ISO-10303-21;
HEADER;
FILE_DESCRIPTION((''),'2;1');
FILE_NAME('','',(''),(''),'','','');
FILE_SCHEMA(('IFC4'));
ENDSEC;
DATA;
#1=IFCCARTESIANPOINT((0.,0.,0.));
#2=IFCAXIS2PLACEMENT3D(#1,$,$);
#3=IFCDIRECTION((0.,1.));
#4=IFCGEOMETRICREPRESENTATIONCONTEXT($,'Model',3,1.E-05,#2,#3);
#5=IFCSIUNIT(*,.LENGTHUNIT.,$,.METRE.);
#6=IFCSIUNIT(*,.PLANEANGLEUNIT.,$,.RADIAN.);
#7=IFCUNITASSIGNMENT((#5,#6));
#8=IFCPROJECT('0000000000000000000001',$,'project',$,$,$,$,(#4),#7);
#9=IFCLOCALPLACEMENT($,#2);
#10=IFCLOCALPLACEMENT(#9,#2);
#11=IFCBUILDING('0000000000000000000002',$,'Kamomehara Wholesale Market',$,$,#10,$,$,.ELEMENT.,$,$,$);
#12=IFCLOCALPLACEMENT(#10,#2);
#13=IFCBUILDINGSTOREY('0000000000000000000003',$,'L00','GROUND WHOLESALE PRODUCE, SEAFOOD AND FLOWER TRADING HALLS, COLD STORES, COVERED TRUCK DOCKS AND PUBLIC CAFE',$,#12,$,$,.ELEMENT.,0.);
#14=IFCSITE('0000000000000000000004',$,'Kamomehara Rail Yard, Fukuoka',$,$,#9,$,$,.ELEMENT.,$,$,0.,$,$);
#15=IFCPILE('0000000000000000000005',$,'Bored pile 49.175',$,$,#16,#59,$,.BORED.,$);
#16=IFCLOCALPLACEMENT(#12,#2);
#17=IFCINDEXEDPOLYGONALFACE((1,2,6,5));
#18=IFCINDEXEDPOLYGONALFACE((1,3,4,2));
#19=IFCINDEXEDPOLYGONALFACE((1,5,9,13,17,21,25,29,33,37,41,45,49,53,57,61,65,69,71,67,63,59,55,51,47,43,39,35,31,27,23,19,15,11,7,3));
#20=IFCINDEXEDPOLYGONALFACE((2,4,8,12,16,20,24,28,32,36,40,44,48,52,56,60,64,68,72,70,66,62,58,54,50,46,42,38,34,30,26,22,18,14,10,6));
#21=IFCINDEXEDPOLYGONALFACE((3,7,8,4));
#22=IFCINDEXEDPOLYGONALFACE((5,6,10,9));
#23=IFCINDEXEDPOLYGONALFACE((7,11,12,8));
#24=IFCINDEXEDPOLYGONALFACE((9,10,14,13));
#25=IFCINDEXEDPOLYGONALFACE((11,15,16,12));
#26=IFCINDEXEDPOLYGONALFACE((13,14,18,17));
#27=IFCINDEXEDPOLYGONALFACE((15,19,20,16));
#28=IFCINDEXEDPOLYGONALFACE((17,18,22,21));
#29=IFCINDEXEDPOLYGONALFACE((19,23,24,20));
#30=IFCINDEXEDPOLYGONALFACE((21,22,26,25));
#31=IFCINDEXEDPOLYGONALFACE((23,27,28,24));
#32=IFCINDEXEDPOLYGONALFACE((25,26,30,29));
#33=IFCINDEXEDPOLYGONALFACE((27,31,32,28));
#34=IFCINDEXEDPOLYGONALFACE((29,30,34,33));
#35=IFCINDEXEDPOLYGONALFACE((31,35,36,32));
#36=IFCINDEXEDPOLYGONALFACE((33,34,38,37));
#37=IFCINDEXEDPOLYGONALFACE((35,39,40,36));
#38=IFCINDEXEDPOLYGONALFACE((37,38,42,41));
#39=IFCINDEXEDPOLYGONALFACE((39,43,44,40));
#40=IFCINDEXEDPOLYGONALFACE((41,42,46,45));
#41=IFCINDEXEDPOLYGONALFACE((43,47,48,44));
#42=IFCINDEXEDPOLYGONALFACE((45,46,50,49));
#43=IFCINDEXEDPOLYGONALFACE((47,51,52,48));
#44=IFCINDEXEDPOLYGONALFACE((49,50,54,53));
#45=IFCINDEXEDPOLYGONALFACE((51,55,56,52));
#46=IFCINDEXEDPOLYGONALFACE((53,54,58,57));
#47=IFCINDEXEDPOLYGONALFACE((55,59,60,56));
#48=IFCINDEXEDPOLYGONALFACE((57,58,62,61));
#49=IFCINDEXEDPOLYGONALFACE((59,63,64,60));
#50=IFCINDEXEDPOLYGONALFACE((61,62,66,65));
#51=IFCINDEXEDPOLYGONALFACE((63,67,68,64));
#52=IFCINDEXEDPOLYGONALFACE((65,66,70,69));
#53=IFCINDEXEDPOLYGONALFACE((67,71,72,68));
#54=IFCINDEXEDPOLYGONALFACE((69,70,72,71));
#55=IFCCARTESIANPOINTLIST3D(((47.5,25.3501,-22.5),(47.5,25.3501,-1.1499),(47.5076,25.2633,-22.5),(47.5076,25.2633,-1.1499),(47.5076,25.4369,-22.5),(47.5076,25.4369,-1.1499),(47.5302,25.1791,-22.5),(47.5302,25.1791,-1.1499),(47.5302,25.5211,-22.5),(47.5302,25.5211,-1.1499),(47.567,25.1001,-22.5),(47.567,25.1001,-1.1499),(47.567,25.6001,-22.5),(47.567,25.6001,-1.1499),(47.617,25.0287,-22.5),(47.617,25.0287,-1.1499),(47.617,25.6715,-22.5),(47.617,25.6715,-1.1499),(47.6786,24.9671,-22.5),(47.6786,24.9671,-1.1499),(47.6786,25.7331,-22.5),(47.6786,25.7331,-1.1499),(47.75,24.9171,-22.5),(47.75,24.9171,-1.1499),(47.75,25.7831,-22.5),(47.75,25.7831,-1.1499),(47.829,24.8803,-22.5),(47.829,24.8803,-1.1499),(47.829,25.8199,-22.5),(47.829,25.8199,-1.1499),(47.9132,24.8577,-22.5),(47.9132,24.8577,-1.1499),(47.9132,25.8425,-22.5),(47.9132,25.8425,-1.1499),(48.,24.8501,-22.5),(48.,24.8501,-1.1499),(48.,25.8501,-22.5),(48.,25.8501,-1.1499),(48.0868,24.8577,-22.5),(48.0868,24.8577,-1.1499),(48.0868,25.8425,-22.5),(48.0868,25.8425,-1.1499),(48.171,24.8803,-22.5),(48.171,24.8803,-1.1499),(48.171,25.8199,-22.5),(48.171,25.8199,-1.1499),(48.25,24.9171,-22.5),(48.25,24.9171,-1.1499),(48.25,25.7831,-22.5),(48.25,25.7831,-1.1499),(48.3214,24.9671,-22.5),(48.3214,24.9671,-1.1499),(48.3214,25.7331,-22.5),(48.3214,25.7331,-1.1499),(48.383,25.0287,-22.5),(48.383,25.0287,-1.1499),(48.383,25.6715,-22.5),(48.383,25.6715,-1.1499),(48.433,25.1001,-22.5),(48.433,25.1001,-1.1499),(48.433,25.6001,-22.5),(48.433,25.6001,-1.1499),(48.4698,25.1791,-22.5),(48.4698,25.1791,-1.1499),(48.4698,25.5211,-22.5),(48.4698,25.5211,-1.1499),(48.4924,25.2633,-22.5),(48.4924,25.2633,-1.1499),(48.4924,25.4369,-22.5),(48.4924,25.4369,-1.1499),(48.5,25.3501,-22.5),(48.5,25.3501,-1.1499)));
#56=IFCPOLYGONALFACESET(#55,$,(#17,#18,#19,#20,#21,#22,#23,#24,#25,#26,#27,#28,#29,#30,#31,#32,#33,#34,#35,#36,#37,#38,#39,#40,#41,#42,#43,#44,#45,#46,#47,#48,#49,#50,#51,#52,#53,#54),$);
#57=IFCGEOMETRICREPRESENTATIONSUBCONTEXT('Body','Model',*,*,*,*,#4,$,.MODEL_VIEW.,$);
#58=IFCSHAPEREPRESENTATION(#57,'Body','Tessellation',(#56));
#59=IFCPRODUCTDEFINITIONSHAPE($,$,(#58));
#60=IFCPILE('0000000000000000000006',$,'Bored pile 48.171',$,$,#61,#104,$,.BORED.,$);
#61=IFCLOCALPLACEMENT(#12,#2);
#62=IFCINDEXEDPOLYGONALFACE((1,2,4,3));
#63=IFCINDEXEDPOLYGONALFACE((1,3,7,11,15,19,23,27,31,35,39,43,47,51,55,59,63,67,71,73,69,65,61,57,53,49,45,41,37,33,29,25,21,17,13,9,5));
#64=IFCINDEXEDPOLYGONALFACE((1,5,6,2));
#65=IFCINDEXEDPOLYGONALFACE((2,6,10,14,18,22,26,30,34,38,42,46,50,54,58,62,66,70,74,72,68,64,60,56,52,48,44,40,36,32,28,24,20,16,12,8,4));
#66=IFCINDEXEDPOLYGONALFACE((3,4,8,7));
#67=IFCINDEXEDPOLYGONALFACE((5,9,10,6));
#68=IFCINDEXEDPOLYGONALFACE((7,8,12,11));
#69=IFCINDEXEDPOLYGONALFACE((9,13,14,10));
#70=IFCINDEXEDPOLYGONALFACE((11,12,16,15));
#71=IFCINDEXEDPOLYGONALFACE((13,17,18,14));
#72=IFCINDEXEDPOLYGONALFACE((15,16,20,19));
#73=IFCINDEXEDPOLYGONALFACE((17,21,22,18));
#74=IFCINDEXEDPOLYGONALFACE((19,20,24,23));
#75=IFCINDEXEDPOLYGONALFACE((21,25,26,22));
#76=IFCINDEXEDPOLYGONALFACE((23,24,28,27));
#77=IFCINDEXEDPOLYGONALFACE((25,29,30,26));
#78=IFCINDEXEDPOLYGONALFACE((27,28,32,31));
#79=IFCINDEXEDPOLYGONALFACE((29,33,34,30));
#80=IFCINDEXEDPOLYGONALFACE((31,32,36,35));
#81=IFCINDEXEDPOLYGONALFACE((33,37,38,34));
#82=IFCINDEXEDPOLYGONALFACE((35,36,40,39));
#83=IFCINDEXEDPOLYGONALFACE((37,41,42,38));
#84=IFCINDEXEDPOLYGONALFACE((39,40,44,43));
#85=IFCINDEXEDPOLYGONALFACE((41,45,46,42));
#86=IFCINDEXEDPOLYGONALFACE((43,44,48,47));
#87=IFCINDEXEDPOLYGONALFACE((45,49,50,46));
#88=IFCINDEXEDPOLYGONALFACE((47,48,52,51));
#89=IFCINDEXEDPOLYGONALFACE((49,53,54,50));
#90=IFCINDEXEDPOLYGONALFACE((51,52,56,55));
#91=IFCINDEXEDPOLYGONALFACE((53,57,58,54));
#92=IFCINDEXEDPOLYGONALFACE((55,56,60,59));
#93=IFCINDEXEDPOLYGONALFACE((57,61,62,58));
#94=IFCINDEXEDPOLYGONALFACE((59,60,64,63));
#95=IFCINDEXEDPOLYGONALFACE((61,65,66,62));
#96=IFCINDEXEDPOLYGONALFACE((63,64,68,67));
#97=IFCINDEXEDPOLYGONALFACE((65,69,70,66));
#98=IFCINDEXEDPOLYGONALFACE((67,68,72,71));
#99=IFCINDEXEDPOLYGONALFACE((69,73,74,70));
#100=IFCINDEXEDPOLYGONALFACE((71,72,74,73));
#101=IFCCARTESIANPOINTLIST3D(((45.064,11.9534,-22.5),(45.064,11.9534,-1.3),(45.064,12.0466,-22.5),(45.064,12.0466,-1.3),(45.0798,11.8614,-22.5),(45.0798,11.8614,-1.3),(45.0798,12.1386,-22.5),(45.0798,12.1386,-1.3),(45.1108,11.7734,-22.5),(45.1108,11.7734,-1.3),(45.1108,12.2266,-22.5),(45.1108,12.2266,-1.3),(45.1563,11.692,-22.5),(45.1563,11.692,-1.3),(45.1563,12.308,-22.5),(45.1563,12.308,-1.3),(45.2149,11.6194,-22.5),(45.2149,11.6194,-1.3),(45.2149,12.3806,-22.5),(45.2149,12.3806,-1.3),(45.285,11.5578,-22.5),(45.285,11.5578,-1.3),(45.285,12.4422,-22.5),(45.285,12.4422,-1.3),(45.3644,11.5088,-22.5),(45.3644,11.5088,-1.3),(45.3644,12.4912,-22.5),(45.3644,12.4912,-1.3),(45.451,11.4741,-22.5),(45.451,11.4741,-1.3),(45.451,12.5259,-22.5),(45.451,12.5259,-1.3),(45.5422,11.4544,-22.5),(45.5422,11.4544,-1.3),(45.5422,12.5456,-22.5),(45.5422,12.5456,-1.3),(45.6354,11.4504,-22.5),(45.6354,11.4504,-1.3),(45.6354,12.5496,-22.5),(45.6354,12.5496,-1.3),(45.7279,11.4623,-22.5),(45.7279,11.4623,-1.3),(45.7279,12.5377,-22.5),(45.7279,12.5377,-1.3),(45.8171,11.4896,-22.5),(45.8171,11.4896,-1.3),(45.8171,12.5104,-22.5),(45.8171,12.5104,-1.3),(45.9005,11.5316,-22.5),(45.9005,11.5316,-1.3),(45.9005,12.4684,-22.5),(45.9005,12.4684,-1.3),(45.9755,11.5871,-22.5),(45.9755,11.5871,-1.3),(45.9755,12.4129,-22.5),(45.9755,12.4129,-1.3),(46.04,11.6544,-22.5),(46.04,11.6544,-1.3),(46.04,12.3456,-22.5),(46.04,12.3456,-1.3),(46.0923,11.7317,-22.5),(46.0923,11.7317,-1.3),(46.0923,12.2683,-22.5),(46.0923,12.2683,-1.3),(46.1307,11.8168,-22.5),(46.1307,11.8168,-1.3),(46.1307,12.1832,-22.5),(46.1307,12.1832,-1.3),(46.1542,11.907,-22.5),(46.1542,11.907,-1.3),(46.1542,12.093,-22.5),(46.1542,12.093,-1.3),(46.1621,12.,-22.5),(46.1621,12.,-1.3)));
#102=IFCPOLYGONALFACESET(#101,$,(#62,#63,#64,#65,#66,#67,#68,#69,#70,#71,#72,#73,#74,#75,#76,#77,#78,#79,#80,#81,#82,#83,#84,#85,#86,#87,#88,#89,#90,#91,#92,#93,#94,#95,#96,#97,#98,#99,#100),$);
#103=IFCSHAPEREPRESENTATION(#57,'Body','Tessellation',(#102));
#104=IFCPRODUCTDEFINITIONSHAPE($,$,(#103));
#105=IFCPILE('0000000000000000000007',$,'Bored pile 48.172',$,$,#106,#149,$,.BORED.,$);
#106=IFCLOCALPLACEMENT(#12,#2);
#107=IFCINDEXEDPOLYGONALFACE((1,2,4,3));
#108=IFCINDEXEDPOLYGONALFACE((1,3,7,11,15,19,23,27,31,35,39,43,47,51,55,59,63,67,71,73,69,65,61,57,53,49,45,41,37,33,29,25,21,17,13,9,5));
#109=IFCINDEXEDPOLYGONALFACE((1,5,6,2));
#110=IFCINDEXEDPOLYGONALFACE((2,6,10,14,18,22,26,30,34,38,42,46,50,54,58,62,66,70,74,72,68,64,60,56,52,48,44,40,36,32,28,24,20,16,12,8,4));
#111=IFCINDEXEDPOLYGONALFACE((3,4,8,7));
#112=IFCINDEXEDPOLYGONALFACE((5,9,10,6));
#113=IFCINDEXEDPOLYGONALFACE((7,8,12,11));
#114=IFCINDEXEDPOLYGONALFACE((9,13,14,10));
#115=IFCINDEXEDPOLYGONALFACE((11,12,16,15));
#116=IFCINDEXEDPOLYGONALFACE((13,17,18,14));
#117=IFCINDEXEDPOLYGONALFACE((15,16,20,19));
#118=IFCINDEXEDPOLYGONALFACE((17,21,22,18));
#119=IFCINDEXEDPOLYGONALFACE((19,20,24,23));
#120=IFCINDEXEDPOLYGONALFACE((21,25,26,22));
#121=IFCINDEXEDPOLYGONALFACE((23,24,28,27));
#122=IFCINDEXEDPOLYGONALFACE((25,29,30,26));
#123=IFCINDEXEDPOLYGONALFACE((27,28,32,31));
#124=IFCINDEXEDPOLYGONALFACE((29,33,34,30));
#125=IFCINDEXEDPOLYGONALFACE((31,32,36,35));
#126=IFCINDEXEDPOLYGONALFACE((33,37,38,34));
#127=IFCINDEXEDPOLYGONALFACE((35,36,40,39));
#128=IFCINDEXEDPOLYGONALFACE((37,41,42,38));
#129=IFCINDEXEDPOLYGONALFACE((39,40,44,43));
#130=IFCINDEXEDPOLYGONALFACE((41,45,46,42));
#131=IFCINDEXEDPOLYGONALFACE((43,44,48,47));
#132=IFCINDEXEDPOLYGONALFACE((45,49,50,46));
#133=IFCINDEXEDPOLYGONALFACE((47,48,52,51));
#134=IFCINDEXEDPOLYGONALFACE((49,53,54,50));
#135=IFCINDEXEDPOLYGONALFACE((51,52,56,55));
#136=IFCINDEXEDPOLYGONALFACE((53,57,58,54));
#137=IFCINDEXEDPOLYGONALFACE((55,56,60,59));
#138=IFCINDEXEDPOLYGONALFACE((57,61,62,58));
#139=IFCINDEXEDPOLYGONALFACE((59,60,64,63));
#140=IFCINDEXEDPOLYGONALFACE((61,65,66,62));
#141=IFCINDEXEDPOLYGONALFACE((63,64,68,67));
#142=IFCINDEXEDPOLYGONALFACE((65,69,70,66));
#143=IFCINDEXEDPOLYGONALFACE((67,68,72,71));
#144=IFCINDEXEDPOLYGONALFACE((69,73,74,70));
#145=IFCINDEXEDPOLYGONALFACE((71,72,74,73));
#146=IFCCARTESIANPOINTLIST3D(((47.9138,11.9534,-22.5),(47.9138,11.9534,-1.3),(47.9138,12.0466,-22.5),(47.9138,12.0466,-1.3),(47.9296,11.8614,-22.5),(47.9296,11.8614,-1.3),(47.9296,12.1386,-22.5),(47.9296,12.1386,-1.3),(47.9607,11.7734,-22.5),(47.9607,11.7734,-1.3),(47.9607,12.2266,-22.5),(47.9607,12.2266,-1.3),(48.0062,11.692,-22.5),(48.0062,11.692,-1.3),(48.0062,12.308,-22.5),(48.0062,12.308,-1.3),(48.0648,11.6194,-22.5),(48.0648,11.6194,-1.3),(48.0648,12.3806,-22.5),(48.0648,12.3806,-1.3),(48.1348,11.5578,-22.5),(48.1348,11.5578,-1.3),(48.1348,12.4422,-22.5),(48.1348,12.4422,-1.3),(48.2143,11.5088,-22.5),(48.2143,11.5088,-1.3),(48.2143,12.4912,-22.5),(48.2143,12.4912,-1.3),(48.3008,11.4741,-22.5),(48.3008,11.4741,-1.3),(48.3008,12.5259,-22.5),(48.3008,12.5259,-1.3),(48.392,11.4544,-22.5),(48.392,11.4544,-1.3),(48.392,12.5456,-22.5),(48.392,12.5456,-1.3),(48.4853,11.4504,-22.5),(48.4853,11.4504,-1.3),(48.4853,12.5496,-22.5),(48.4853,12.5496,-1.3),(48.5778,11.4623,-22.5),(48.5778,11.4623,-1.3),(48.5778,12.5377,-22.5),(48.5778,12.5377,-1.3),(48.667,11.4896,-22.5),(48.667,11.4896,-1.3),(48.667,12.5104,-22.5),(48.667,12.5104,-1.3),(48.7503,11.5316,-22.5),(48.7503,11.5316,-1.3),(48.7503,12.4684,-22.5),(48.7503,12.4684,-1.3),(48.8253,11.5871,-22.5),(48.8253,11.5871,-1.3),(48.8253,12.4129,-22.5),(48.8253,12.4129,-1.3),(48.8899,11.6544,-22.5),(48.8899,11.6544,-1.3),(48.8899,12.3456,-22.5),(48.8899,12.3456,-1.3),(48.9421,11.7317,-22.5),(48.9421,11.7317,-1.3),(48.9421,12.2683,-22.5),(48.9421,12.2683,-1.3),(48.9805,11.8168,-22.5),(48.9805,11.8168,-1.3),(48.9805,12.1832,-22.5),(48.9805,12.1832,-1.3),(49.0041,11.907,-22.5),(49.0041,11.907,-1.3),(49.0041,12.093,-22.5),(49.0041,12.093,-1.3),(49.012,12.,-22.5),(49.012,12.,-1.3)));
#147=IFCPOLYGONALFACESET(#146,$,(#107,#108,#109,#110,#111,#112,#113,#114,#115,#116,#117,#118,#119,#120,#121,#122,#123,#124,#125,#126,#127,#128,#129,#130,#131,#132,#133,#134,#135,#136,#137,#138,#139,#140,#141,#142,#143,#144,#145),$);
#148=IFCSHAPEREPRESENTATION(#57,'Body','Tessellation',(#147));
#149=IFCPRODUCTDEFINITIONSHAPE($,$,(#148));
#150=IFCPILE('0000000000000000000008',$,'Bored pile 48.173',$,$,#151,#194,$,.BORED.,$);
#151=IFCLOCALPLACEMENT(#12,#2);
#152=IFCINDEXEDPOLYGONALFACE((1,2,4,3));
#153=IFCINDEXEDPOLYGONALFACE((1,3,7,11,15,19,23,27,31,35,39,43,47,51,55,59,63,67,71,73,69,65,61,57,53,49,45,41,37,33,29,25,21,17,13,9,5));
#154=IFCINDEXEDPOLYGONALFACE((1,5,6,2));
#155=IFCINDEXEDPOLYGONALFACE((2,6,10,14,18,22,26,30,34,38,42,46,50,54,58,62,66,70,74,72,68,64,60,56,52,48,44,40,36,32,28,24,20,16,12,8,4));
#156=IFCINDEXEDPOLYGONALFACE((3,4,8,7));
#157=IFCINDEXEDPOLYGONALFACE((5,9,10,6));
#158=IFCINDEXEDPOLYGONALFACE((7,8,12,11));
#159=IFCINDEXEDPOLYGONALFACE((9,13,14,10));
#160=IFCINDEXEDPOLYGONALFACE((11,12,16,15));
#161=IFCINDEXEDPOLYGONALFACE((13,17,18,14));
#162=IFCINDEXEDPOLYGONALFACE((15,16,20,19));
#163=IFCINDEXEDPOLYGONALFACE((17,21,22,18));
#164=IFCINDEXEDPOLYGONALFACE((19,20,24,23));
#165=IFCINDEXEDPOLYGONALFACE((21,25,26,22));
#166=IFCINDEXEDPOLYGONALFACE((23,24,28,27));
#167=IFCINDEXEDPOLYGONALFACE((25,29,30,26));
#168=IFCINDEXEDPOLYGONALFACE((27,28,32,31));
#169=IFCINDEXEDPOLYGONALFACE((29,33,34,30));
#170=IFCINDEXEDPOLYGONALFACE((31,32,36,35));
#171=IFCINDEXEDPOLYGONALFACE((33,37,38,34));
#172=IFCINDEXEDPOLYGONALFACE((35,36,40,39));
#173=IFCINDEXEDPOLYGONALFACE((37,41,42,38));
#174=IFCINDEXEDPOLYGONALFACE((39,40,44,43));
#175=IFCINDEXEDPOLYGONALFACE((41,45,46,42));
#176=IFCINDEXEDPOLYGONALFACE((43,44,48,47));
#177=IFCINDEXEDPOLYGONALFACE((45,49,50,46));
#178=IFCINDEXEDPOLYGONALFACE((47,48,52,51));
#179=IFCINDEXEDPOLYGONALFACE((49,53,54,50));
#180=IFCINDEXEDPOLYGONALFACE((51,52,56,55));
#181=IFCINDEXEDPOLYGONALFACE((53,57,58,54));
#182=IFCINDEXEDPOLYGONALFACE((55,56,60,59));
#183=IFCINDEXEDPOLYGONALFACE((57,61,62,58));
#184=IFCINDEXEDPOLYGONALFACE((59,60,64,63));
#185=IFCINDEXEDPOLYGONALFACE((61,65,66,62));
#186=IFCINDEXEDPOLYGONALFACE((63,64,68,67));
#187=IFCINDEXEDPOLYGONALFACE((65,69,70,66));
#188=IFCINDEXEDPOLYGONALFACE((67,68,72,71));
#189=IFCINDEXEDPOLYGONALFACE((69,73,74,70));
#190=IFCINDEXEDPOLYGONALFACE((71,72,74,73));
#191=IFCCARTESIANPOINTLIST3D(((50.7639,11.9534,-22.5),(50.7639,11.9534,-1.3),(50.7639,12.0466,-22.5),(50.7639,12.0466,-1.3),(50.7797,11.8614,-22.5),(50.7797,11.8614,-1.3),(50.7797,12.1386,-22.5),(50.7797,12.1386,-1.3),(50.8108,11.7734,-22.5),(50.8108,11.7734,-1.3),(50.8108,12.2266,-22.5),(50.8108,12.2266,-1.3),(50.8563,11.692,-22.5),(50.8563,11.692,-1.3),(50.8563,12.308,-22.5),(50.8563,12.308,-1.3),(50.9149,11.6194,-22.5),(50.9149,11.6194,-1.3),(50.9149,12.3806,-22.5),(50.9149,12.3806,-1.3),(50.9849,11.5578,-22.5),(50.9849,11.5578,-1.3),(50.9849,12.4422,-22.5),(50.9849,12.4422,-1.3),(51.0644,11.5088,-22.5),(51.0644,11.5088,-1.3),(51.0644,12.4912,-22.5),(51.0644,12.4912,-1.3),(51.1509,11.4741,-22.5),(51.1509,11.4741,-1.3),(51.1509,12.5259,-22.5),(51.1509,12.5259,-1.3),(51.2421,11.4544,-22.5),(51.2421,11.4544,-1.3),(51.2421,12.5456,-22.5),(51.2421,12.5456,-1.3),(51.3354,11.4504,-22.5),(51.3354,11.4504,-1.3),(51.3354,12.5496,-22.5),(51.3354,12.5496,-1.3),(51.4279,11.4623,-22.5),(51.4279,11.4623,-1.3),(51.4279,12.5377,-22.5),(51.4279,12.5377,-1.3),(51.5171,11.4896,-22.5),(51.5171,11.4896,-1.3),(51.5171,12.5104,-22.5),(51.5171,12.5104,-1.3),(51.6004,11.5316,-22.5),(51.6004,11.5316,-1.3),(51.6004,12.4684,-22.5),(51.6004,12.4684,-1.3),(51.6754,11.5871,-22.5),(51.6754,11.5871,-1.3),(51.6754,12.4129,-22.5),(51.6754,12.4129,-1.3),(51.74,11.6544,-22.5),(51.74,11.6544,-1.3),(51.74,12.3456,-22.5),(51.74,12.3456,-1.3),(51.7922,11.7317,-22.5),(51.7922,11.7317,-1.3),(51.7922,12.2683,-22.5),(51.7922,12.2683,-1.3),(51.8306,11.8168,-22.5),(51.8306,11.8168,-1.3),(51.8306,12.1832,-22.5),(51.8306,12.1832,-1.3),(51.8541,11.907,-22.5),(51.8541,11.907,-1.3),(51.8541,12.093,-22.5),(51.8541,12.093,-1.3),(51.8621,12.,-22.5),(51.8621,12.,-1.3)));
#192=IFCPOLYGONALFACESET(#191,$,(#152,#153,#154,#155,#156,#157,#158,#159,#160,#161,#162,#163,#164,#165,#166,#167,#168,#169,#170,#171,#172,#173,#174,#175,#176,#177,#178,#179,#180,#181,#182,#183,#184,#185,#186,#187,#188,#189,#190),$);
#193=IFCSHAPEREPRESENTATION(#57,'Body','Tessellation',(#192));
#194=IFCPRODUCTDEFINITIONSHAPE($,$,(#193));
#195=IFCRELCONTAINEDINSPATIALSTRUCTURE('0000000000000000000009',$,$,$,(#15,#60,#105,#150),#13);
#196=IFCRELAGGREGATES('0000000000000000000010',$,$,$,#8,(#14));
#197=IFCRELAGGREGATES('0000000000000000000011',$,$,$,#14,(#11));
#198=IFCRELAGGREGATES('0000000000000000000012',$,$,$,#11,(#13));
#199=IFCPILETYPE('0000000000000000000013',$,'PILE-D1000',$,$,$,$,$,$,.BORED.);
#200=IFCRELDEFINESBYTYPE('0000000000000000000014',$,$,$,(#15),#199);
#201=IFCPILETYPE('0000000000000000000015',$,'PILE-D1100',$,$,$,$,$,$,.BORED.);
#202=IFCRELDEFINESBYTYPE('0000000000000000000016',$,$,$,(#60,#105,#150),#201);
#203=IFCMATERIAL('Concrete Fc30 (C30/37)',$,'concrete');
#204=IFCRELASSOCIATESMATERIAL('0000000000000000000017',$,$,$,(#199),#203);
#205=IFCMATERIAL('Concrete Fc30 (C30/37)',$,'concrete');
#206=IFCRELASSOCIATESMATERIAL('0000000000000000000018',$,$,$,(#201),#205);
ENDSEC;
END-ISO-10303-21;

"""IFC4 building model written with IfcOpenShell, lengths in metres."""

from ifc_helpers import new_model, si_unit, direction, frame, origin, origin_2d, place, context, subcontext, project, spatial, circle, extrude, material, material_profile, profile_set, type_object, element, save


model = new_model("IFC4")

# Units and contexts
model_context = context("Model", 3, precision=1e-05, world=origin(), true_north=direction((0.0, 1.0)))
body_context = subcontext(model_context, "Body", "Model", "MODEL_VIEW")
ifc_project = project(units=[si_unit("LENGTHUNIT", "METRE"), si_unit("PLANEANGLEUNIT", "RADIAN")], contexts=[model_context])

# Site, building, storey
site_placement = place(None, origin())
site = spatial("IfcSite", under=ifc_project, at=site_placement, Name="Kamomehara Rail Yard, Fukuoka", CompositionType="ELEMENT", RefElevation=0.0)
building_placement = place(site_placement, origin())
building = spatial("IfcBuilding", under=site, at=building_placement, Name="Kamomehara Wholesale Market", CompositionType="ELEMENT")
storey_placement = place(building_placement, origin())
storey = spatial("IfcBuildingStorey", under=building, at=storey_placement, Name="L00", Description="GROUND WHOLESALE PRODUCE, SEAFOOD AND FLOWER TRADING HALLS, COLD STORES, COVERED TRUCK DOCKS AND PUBLIC CAFE", CompositionType="ELEMENT", Elevation=0.0)

# Piles
ifc_material_1 = material(Name="Concrete Fc30 (C30/37)", Category="concrete")
ifc_material_profile_1 = material_profile(ifc_material_1, circle(Radius=0.5, at=origin_2d()), Name="RC-PILE-D1000")
ifc_profile_set_1 = profile_set([ifc_material_profile_1], Name="Concrete Fc30 (C30/37)")
pile_type_1 = type_object("IfcPileType", Name="PILE-D1000", PredefinedType="BORED", material=ifc_profile_set_1)
for number, where, z_axis, x_axis, name in (
    (1, (48.0, 25.3501, -1.1499), (0.0, 0.0, -1.0), (1.0, 0.0, 0.0), "Bored pile 49.175"),
):
    element("IfcPile", number, at=place(storey_placement, frame(where, z_axis=z_axis, x_axis=x_axis)), inside=storey, type_object=pile_type_1, Name=name, PredefinedType="BORED", context=body_context, shape_type="SweptSolid", body=[
        extrude(circle(Radius=0.5, at=origin_2d()), origin(), (0.0, 0.0, 1.0), 21.3501),
    ])
ifc_material_2 = material(Name="Concrete Fc30 (C30/37)", Category="concrete")
ifc_material_profile_2 = material_profile(ifc_material_2, circle(Radius=0.55, at=origin_2d()), Name="RC-PILE-D1100")
ifc_profile_set_2 = profile_set([ifc_material_profile_2], Name="Concrete Fc30 (C30/37)")
pile_type_2 = type_object("IfcPileType", Name="PILE-D1100", PredefinedType="BORED", material=ifc_profile_set_2)
for number, where, z_axis, x_axis, name in (
    (2, (45.6121, 12.0, -1.3), (0.0, 0.0, -1.0), (1.0, 0.0, 0.0), "Bored pile 48.171"),
    (3, (48.4619, 12.0, -1.3), (0.0, 0.0, -1.0), (1.0, 0.0, 0.0), "Bored pile 48.172"),
    (4, (51.312, 12.0, -1.3), (0.0, 0.0, -1.0), (1.0, 0.0, 0.0), "Bored pile 48.173"),
):
    element("IfcPile", number, at=place(storey_placement, frame(where, z_axis=z_axis, x_axis=x_axis)), inside=storey, type_object=pile_type_2, Name=name, PredefinedType="BORED", context=body_context, shape_type="SweptSolid", body=[
        extrude(circle(Radius=0.55, at=origin_2d()), origin(), (0.0, 0.0, 1.0), 21.2),
    ])

save(model, "model.ifc")
